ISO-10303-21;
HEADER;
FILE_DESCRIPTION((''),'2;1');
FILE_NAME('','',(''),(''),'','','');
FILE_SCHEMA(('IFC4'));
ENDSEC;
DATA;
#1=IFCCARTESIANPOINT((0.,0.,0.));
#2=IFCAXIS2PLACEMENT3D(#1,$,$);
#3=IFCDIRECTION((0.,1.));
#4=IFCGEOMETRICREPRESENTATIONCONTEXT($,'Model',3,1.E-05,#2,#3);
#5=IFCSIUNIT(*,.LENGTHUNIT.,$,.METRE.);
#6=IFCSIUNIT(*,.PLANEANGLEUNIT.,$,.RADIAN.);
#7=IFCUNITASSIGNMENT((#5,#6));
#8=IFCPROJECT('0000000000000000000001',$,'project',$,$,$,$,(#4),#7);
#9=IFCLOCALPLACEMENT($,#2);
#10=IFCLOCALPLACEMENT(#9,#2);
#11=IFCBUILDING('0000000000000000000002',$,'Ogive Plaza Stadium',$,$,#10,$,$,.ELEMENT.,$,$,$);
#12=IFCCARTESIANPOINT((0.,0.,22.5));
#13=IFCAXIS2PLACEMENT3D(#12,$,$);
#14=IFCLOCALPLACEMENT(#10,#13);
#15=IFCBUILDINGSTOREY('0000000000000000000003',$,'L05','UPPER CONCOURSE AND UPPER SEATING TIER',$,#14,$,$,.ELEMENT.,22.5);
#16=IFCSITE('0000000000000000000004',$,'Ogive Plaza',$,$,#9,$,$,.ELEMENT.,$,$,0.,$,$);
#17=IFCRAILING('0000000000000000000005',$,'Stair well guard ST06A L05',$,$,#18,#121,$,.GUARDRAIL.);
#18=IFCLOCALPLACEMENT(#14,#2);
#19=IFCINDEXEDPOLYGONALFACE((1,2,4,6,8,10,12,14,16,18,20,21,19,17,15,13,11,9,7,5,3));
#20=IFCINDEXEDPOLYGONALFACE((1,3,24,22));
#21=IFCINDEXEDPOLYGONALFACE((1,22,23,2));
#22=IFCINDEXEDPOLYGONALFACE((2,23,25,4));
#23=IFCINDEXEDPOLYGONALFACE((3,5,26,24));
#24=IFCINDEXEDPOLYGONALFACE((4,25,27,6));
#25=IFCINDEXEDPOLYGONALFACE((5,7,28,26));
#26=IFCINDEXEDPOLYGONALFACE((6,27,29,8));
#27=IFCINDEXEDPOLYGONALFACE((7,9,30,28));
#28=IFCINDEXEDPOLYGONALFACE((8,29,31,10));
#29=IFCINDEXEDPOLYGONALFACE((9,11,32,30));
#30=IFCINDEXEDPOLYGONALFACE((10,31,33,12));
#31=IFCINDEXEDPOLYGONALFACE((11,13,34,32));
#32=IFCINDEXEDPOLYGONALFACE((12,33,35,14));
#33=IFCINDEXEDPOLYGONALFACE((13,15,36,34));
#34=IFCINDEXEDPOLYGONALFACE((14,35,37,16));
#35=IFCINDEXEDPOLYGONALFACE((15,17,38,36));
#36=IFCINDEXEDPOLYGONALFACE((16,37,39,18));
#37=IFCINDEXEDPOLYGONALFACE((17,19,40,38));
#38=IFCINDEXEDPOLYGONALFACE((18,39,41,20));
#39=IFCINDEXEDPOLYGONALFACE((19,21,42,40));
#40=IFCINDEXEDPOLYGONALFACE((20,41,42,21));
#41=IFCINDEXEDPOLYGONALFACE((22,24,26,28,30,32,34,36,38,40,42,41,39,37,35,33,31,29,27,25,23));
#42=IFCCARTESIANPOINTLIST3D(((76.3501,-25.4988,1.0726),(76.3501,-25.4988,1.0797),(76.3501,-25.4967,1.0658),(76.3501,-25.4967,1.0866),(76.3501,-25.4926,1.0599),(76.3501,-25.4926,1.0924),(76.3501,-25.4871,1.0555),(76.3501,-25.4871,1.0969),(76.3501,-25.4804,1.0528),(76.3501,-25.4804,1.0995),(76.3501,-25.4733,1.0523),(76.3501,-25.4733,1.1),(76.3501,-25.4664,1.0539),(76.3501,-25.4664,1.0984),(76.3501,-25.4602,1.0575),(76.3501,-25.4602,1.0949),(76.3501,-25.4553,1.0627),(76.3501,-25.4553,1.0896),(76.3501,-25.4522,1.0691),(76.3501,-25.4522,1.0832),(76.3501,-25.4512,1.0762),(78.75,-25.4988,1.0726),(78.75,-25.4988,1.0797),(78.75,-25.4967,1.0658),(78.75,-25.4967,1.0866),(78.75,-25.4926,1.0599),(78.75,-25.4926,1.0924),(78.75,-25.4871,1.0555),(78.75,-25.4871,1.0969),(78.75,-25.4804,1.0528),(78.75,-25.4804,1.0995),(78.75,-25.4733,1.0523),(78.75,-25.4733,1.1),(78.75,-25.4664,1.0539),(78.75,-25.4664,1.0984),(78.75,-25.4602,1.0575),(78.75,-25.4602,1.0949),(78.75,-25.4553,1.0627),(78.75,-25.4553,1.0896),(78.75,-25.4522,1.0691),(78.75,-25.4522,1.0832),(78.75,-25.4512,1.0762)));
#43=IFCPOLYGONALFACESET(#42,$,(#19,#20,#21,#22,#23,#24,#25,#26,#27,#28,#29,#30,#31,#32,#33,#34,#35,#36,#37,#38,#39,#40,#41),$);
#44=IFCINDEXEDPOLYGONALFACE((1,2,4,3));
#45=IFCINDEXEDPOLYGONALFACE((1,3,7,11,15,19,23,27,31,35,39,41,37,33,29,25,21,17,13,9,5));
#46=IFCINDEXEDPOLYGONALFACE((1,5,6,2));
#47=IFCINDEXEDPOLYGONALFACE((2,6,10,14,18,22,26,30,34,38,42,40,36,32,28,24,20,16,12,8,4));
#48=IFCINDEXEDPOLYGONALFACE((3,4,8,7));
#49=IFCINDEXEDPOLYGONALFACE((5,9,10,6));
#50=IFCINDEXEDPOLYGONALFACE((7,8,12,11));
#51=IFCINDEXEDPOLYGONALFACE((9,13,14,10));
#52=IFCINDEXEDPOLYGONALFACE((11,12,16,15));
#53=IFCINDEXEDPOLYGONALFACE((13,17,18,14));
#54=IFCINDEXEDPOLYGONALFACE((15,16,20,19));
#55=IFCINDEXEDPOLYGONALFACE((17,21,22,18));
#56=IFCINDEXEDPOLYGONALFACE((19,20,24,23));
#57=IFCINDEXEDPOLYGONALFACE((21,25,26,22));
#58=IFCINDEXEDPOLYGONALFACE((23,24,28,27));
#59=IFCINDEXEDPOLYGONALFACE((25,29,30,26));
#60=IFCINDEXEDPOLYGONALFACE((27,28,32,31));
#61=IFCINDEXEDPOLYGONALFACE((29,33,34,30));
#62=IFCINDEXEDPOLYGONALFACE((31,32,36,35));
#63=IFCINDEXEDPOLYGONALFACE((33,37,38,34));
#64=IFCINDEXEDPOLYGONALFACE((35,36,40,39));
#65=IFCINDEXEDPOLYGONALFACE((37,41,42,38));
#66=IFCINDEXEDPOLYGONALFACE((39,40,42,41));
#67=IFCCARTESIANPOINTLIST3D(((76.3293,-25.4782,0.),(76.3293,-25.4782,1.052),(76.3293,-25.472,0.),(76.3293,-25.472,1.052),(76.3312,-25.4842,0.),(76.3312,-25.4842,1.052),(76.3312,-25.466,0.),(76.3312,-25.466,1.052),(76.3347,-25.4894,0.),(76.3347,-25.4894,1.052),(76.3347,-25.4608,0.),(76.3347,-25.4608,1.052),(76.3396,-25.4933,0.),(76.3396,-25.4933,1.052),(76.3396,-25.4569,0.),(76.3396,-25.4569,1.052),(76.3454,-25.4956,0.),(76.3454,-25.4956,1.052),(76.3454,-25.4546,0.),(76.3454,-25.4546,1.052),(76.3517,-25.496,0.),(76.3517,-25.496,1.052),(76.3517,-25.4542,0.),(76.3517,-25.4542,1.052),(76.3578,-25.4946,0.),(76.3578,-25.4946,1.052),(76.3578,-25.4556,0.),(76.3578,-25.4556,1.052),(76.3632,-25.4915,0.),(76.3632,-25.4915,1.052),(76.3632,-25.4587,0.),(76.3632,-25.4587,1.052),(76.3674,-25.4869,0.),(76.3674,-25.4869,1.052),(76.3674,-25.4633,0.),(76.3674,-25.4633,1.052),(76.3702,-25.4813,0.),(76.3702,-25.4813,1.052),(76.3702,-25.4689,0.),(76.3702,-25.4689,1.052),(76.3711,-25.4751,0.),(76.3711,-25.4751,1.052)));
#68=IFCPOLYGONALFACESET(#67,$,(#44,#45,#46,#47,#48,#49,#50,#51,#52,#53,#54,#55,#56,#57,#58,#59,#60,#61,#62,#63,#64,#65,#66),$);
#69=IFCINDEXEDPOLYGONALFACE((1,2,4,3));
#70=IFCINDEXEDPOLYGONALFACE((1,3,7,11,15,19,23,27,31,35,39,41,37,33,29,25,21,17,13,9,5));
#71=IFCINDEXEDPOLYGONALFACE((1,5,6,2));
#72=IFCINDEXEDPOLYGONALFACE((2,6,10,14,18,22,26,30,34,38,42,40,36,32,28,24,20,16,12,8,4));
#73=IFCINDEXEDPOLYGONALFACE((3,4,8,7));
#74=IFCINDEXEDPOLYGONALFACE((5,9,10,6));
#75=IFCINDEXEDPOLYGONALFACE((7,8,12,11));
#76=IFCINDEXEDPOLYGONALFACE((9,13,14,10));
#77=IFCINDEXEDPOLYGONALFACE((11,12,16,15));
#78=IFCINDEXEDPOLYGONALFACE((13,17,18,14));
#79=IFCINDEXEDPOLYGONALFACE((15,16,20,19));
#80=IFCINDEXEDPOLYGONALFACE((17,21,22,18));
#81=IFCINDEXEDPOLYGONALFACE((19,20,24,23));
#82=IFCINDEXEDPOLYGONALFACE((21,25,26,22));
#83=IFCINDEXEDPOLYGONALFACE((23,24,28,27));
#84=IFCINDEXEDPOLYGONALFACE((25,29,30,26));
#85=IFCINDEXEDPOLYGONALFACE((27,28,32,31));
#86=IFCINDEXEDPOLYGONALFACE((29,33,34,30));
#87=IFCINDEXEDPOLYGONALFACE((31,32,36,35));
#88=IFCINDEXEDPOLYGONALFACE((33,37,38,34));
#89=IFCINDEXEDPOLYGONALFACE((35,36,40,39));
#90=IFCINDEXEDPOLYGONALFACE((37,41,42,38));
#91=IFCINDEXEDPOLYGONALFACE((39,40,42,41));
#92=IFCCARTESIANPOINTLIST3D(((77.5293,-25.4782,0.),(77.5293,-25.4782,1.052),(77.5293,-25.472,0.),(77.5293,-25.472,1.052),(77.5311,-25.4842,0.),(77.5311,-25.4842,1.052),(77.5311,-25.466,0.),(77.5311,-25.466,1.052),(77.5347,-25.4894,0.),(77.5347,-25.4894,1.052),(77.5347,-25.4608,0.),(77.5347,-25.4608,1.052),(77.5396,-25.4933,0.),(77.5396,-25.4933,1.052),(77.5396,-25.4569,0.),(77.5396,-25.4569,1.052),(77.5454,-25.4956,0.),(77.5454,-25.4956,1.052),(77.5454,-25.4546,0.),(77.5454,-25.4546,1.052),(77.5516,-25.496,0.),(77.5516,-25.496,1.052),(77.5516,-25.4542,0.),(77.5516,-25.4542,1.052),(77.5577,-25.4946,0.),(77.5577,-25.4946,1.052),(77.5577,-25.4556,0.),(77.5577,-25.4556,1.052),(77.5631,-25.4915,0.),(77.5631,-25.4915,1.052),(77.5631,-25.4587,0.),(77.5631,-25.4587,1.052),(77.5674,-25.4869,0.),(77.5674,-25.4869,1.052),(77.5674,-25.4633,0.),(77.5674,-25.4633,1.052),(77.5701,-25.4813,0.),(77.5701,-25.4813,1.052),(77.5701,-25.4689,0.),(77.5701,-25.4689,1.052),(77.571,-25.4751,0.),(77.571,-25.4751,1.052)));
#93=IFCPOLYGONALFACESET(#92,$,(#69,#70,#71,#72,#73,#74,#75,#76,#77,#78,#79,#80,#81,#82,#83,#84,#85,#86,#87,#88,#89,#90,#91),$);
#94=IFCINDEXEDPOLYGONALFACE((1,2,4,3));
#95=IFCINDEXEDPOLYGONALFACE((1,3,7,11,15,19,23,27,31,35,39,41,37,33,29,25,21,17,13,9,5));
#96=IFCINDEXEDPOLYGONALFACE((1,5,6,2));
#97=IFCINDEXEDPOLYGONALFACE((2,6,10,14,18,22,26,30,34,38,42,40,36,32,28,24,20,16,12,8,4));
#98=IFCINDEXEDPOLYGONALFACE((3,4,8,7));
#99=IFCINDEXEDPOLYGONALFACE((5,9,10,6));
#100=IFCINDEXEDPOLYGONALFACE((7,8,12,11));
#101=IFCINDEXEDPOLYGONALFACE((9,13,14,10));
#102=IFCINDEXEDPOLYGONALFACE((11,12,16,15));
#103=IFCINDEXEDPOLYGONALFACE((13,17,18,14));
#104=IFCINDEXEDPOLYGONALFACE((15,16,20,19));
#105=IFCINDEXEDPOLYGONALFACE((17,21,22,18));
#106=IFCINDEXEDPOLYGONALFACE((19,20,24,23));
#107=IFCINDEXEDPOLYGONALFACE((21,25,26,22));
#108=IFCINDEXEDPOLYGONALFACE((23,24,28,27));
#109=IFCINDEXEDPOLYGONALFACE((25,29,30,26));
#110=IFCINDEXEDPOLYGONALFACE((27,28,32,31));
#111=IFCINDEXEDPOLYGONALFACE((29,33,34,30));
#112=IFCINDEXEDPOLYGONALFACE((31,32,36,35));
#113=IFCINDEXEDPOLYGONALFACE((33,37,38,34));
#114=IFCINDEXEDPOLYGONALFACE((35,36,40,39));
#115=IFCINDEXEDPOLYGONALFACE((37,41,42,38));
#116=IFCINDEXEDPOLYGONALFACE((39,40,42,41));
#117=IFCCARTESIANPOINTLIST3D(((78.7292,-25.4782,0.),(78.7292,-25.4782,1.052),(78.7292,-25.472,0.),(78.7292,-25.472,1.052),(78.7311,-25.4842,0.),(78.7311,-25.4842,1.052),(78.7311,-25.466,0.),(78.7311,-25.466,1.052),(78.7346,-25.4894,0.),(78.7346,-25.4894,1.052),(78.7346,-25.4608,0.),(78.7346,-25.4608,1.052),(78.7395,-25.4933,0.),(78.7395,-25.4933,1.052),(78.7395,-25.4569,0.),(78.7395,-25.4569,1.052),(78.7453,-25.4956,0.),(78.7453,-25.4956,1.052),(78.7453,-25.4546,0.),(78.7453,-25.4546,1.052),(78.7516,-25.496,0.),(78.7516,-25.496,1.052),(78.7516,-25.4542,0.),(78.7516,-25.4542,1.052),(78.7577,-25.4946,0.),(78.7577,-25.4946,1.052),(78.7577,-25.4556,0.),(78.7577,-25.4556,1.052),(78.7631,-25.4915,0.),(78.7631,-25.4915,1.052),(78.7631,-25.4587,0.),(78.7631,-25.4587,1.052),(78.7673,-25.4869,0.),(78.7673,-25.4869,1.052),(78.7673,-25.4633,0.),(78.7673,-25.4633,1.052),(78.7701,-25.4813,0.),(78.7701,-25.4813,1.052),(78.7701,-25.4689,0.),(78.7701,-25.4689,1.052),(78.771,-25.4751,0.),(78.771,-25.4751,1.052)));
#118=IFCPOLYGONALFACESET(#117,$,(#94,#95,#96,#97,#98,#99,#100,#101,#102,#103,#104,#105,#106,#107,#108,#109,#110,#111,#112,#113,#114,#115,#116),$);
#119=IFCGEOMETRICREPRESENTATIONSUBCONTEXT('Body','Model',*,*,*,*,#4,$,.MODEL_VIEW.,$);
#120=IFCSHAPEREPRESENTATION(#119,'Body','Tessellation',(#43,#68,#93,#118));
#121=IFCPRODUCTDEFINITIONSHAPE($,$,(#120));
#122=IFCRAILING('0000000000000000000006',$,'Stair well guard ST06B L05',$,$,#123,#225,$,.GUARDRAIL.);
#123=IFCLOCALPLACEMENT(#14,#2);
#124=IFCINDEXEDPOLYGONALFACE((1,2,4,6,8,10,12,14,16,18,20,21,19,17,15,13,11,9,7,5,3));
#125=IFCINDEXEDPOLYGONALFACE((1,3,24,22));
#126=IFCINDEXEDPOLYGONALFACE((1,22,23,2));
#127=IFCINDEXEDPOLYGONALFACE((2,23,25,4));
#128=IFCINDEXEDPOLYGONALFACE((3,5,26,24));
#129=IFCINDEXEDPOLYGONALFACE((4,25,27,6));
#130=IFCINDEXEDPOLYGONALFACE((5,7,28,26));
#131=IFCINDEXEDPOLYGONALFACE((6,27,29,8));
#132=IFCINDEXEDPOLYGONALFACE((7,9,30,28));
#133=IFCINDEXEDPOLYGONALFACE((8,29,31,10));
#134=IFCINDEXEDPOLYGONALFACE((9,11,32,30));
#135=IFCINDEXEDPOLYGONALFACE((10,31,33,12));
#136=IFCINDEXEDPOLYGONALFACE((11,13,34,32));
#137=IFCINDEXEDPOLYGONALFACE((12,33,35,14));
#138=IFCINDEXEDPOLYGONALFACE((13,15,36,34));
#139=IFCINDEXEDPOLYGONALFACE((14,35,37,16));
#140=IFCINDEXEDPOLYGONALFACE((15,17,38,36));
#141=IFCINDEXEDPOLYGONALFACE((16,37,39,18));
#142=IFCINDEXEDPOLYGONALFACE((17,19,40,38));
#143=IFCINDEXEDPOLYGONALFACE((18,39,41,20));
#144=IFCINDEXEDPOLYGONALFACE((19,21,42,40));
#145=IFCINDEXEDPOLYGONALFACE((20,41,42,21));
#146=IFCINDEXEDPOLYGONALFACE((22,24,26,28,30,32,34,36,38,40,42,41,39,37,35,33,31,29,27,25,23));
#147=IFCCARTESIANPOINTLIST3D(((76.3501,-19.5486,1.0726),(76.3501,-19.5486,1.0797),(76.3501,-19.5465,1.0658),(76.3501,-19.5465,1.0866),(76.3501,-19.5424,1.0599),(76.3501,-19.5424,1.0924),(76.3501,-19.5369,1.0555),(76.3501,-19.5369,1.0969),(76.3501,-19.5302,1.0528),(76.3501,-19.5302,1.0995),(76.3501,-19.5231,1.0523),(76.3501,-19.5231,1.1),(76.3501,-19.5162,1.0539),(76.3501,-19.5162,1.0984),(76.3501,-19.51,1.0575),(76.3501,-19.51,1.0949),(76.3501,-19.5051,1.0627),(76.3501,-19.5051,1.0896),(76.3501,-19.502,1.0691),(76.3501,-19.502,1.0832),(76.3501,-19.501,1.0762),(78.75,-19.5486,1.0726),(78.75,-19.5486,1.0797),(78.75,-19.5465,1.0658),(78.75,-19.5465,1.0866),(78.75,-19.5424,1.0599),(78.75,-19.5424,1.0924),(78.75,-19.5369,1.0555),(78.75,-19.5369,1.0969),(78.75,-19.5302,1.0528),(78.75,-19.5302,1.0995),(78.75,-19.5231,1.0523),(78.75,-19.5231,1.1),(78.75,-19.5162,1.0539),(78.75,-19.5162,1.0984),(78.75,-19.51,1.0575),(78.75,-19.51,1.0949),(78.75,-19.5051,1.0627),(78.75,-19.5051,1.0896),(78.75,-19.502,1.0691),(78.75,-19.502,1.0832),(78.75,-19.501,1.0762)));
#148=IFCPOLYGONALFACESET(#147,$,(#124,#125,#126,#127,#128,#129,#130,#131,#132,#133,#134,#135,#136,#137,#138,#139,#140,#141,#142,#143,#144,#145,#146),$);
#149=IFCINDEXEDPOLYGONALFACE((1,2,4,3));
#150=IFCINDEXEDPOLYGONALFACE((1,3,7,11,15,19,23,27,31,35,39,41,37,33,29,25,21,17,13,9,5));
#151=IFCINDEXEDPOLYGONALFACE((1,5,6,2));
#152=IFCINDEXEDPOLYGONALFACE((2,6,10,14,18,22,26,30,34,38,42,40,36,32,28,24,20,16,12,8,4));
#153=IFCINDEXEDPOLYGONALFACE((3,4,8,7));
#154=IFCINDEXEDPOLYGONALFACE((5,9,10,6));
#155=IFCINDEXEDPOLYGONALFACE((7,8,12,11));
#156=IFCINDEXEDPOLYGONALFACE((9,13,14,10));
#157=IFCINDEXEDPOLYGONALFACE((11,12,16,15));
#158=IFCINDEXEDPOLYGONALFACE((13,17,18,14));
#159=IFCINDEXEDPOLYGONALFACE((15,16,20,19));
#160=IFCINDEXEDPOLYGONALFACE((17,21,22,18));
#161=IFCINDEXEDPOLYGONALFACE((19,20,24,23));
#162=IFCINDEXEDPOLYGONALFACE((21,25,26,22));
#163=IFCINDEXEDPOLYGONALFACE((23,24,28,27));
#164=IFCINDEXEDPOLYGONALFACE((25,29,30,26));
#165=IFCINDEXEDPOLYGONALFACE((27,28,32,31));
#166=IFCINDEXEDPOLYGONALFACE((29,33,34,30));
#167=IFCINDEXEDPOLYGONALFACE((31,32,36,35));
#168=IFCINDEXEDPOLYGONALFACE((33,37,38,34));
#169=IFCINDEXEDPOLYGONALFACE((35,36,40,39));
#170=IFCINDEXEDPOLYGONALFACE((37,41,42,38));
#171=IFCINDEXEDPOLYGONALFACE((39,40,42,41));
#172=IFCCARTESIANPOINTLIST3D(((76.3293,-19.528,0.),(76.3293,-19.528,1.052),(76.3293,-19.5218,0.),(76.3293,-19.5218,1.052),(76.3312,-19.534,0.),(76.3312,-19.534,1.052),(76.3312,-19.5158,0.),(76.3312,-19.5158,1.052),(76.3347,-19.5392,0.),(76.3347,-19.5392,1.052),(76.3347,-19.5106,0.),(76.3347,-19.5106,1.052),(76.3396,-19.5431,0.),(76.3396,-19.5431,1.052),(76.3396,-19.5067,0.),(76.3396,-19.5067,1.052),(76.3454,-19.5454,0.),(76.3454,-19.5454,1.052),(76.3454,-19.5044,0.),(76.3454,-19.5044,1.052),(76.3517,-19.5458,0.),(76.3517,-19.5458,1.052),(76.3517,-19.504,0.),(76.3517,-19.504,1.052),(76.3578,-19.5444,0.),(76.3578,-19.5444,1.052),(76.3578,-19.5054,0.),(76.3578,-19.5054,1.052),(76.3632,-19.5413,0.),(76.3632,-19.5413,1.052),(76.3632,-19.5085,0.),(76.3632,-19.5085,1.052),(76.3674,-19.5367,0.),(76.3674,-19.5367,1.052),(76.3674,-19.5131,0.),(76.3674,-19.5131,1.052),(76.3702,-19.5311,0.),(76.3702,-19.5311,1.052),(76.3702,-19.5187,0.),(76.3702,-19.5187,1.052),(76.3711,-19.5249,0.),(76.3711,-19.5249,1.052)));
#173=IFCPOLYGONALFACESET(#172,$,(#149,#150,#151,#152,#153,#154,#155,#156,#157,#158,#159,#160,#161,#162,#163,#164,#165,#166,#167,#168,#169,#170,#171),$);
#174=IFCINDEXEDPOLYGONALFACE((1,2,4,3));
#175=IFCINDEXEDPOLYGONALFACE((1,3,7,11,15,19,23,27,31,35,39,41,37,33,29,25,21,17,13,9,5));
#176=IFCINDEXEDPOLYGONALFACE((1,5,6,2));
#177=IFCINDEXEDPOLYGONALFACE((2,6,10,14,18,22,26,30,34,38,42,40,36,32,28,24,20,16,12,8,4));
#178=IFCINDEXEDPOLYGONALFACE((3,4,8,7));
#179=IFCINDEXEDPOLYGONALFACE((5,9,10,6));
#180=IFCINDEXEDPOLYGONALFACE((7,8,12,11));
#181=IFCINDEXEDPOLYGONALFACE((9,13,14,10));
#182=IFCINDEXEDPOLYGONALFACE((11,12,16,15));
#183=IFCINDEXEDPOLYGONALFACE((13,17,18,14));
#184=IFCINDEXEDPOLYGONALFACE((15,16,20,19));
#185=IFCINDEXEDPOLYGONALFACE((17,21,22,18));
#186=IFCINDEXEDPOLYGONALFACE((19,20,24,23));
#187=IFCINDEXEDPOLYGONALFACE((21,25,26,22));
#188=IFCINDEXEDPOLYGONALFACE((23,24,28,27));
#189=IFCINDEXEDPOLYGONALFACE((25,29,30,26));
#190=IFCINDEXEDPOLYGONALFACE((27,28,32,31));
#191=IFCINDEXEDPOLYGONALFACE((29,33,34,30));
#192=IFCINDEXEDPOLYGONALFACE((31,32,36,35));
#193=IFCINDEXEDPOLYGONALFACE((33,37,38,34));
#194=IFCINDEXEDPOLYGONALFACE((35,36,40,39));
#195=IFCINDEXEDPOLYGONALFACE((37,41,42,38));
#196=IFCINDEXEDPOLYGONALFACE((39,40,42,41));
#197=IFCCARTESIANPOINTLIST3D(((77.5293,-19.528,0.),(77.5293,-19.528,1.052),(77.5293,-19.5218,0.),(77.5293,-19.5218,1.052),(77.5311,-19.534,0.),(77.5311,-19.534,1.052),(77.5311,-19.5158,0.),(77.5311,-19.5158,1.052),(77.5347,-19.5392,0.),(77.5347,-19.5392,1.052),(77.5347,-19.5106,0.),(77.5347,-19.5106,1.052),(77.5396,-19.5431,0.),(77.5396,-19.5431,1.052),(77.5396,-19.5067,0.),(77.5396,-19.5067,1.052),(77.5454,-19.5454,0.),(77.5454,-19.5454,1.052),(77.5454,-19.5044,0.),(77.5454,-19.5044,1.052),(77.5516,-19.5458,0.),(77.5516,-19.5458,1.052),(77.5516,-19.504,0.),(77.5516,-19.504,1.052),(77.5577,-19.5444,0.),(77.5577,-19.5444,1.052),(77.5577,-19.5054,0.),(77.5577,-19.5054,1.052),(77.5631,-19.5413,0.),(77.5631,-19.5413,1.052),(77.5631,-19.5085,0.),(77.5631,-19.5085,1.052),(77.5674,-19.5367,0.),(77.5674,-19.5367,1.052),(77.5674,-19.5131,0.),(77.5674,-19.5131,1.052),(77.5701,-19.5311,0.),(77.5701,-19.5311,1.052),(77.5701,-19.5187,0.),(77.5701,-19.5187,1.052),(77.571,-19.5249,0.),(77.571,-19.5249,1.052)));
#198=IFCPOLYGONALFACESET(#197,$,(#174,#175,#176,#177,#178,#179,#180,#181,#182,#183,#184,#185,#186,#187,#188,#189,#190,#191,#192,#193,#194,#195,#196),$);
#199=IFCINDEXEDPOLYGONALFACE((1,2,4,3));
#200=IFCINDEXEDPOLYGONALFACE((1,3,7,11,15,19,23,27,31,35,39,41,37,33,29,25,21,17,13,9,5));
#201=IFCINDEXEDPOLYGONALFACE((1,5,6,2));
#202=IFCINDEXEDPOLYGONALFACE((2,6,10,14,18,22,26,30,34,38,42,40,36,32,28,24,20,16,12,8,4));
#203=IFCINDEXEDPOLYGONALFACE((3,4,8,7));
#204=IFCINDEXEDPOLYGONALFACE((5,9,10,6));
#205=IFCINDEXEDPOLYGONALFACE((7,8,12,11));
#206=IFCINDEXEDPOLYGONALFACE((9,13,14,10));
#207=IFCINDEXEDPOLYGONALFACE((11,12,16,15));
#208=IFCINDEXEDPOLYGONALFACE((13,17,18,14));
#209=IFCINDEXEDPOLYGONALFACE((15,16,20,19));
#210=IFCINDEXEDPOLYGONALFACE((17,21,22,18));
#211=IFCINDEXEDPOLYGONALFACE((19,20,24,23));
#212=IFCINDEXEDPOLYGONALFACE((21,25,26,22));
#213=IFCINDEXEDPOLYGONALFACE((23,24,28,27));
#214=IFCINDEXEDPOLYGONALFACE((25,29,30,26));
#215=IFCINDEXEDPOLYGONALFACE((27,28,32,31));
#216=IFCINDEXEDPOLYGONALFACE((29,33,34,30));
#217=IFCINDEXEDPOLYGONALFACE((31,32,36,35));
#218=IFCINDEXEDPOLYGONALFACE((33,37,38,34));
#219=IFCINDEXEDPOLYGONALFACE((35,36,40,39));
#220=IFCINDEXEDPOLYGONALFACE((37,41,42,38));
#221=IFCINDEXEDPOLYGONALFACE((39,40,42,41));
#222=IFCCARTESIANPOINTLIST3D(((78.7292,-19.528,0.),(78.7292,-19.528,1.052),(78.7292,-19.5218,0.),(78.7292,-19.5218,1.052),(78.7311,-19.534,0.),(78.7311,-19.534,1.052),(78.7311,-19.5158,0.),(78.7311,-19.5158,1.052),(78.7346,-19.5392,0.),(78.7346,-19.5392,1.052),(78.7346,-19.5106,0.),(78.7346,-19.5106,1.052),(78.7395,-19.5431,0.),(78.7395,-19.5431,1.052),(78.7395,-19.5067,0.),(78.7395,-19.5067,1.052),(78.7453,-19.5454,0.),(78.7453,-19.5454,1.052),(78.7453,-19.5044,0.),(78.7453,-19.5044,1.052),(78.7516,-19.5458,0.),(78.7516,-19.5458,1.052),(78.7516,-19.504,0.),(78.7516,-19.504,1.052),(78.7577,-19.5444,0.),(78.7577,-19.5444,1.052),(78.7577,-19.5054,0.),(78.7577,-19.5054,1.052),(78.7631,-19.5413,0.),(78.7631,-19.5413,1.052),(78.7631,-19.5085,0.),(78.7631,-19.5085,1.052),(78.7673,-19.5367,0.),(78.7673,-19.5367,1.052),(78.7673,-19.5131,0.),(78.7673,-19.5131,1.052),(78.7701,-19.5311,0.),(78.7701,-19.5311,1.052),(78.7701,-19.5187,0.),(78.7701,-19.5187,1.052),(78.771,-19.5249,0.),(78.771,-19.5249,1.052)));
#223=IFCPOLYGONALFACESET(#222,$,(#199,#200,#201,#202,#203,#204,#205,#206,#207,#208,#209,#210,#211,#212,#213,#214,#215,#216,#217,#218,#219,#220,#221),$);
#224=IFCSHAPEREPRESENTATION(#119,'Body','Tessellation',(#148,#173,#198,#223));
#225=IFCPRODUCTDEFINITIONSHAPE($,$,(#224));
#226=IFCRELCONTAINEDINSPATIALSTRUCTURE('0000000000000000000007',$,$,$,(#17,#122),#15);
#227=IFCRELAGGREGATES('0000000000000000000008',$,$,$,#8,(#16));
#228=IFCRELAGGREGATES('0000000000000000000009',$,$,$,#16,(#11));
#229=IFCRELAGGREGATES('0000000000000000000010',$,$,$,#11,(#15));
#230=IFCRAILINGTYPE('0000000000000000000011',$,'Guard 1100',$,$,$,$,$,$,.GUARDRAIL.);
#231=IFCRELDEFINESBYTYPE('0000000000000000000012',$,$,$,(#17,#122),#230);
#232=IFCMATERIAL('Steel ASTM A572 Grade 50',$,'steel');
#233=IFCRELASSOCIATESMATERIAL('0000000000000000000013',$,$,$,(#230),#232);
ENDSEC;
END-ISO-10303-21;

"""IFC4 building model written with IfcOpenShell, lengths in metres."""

from ifc_helpers import new_model, si_unit, direction, frame, origin, origin_2d, place, context, subcontext, project, spatial, circle, extrude, material, type_object, element, save


model = new_model("IFC4")

# Units and contexts
model_context = context("Model", 3, precision=1e-05, world=origin(), true_north=direction((0.0, 1.0)))
body_context = subcontext(model_context, "Body", "Model", "MODEL_VIEW")
ifc_project = project(units=[si_unit("LENGTHUNIT", "METRE"), si_unit("PLANEANGLEUNIT", "RADIAN")], contexts=[model_context])

# Site, building, storey
site_placement = place(None, origin())
site = spatial("IfcSite", under=ifc_project, at=site_placement, Name="Ogive Plaza", CompositionType="ELEMENT", RefElevation=0.0)
building_placement = place(site_placement, origin())
building = spatial("IfcBuilding", under=site, at=building_placement, Name="Ogive Plaza Stadium", CompositionType="ELEMENT")
storey_placement = place(building_placement, frame((0.0, 0.0, 22.5)))
storey = spatial("IfcBuildingStorey", under=building, at=storey_placement, Name="L05", Description="UPPER CONCOURSE AND UPPER SEATING TIER", CompositionType="ELEMENT", Elevation=22.5)

# Railings
ifc_material_1 = material(Name="Steel ASTM A572 Grade 50", Category="steel")
railing_type = type_object("IfcRailingType", Name="Guard 1100", PredefinedType="GUARDRAIL", material=ifc_material_1)
for number, where, name in (
    (1, (76.3501, -25.4751, 0.0), "Stair well guard ST06A L05"),
    (2, (76.3501, -19.5249, 0.0), "Stair well guard ST06B L05"),
):
    element("IfcRailing", number, at=place(storey_placement, frame(where)), inside=storey, type_object=railing_type, Name=name, PredefinedType="GUARDRAIL", context=body_context, shape_type="SweptSolid", body=[
        extrude(circle(Radius=0.0239, at=origin_2d()), frame((0.0, 0.0, 1.0762), z_axis=(1.0, 0.0, 0.0), x_axis=(0.0, 1.0, 0.0)), (0.0, 0.0, 1.0), 2.3999),
        extrude(circle(Radius=0.021, at=origin_2d()), origin(), (0.0, 0.0, 1.0), 1.052),
        extrude(circle(Radius=0.021, at=origin_2d()), frame((1.2, 0.0, 0.0)), (0.0, 0.0, 1.0), 1.052),
        extrude(circle(Radius=0.021, at=origin_2d()), frame((2.3999, 0.0, 0.0)), (0.0, 0.0, 1.0), 1.052),
    ])

save(model, "model.ifc")
